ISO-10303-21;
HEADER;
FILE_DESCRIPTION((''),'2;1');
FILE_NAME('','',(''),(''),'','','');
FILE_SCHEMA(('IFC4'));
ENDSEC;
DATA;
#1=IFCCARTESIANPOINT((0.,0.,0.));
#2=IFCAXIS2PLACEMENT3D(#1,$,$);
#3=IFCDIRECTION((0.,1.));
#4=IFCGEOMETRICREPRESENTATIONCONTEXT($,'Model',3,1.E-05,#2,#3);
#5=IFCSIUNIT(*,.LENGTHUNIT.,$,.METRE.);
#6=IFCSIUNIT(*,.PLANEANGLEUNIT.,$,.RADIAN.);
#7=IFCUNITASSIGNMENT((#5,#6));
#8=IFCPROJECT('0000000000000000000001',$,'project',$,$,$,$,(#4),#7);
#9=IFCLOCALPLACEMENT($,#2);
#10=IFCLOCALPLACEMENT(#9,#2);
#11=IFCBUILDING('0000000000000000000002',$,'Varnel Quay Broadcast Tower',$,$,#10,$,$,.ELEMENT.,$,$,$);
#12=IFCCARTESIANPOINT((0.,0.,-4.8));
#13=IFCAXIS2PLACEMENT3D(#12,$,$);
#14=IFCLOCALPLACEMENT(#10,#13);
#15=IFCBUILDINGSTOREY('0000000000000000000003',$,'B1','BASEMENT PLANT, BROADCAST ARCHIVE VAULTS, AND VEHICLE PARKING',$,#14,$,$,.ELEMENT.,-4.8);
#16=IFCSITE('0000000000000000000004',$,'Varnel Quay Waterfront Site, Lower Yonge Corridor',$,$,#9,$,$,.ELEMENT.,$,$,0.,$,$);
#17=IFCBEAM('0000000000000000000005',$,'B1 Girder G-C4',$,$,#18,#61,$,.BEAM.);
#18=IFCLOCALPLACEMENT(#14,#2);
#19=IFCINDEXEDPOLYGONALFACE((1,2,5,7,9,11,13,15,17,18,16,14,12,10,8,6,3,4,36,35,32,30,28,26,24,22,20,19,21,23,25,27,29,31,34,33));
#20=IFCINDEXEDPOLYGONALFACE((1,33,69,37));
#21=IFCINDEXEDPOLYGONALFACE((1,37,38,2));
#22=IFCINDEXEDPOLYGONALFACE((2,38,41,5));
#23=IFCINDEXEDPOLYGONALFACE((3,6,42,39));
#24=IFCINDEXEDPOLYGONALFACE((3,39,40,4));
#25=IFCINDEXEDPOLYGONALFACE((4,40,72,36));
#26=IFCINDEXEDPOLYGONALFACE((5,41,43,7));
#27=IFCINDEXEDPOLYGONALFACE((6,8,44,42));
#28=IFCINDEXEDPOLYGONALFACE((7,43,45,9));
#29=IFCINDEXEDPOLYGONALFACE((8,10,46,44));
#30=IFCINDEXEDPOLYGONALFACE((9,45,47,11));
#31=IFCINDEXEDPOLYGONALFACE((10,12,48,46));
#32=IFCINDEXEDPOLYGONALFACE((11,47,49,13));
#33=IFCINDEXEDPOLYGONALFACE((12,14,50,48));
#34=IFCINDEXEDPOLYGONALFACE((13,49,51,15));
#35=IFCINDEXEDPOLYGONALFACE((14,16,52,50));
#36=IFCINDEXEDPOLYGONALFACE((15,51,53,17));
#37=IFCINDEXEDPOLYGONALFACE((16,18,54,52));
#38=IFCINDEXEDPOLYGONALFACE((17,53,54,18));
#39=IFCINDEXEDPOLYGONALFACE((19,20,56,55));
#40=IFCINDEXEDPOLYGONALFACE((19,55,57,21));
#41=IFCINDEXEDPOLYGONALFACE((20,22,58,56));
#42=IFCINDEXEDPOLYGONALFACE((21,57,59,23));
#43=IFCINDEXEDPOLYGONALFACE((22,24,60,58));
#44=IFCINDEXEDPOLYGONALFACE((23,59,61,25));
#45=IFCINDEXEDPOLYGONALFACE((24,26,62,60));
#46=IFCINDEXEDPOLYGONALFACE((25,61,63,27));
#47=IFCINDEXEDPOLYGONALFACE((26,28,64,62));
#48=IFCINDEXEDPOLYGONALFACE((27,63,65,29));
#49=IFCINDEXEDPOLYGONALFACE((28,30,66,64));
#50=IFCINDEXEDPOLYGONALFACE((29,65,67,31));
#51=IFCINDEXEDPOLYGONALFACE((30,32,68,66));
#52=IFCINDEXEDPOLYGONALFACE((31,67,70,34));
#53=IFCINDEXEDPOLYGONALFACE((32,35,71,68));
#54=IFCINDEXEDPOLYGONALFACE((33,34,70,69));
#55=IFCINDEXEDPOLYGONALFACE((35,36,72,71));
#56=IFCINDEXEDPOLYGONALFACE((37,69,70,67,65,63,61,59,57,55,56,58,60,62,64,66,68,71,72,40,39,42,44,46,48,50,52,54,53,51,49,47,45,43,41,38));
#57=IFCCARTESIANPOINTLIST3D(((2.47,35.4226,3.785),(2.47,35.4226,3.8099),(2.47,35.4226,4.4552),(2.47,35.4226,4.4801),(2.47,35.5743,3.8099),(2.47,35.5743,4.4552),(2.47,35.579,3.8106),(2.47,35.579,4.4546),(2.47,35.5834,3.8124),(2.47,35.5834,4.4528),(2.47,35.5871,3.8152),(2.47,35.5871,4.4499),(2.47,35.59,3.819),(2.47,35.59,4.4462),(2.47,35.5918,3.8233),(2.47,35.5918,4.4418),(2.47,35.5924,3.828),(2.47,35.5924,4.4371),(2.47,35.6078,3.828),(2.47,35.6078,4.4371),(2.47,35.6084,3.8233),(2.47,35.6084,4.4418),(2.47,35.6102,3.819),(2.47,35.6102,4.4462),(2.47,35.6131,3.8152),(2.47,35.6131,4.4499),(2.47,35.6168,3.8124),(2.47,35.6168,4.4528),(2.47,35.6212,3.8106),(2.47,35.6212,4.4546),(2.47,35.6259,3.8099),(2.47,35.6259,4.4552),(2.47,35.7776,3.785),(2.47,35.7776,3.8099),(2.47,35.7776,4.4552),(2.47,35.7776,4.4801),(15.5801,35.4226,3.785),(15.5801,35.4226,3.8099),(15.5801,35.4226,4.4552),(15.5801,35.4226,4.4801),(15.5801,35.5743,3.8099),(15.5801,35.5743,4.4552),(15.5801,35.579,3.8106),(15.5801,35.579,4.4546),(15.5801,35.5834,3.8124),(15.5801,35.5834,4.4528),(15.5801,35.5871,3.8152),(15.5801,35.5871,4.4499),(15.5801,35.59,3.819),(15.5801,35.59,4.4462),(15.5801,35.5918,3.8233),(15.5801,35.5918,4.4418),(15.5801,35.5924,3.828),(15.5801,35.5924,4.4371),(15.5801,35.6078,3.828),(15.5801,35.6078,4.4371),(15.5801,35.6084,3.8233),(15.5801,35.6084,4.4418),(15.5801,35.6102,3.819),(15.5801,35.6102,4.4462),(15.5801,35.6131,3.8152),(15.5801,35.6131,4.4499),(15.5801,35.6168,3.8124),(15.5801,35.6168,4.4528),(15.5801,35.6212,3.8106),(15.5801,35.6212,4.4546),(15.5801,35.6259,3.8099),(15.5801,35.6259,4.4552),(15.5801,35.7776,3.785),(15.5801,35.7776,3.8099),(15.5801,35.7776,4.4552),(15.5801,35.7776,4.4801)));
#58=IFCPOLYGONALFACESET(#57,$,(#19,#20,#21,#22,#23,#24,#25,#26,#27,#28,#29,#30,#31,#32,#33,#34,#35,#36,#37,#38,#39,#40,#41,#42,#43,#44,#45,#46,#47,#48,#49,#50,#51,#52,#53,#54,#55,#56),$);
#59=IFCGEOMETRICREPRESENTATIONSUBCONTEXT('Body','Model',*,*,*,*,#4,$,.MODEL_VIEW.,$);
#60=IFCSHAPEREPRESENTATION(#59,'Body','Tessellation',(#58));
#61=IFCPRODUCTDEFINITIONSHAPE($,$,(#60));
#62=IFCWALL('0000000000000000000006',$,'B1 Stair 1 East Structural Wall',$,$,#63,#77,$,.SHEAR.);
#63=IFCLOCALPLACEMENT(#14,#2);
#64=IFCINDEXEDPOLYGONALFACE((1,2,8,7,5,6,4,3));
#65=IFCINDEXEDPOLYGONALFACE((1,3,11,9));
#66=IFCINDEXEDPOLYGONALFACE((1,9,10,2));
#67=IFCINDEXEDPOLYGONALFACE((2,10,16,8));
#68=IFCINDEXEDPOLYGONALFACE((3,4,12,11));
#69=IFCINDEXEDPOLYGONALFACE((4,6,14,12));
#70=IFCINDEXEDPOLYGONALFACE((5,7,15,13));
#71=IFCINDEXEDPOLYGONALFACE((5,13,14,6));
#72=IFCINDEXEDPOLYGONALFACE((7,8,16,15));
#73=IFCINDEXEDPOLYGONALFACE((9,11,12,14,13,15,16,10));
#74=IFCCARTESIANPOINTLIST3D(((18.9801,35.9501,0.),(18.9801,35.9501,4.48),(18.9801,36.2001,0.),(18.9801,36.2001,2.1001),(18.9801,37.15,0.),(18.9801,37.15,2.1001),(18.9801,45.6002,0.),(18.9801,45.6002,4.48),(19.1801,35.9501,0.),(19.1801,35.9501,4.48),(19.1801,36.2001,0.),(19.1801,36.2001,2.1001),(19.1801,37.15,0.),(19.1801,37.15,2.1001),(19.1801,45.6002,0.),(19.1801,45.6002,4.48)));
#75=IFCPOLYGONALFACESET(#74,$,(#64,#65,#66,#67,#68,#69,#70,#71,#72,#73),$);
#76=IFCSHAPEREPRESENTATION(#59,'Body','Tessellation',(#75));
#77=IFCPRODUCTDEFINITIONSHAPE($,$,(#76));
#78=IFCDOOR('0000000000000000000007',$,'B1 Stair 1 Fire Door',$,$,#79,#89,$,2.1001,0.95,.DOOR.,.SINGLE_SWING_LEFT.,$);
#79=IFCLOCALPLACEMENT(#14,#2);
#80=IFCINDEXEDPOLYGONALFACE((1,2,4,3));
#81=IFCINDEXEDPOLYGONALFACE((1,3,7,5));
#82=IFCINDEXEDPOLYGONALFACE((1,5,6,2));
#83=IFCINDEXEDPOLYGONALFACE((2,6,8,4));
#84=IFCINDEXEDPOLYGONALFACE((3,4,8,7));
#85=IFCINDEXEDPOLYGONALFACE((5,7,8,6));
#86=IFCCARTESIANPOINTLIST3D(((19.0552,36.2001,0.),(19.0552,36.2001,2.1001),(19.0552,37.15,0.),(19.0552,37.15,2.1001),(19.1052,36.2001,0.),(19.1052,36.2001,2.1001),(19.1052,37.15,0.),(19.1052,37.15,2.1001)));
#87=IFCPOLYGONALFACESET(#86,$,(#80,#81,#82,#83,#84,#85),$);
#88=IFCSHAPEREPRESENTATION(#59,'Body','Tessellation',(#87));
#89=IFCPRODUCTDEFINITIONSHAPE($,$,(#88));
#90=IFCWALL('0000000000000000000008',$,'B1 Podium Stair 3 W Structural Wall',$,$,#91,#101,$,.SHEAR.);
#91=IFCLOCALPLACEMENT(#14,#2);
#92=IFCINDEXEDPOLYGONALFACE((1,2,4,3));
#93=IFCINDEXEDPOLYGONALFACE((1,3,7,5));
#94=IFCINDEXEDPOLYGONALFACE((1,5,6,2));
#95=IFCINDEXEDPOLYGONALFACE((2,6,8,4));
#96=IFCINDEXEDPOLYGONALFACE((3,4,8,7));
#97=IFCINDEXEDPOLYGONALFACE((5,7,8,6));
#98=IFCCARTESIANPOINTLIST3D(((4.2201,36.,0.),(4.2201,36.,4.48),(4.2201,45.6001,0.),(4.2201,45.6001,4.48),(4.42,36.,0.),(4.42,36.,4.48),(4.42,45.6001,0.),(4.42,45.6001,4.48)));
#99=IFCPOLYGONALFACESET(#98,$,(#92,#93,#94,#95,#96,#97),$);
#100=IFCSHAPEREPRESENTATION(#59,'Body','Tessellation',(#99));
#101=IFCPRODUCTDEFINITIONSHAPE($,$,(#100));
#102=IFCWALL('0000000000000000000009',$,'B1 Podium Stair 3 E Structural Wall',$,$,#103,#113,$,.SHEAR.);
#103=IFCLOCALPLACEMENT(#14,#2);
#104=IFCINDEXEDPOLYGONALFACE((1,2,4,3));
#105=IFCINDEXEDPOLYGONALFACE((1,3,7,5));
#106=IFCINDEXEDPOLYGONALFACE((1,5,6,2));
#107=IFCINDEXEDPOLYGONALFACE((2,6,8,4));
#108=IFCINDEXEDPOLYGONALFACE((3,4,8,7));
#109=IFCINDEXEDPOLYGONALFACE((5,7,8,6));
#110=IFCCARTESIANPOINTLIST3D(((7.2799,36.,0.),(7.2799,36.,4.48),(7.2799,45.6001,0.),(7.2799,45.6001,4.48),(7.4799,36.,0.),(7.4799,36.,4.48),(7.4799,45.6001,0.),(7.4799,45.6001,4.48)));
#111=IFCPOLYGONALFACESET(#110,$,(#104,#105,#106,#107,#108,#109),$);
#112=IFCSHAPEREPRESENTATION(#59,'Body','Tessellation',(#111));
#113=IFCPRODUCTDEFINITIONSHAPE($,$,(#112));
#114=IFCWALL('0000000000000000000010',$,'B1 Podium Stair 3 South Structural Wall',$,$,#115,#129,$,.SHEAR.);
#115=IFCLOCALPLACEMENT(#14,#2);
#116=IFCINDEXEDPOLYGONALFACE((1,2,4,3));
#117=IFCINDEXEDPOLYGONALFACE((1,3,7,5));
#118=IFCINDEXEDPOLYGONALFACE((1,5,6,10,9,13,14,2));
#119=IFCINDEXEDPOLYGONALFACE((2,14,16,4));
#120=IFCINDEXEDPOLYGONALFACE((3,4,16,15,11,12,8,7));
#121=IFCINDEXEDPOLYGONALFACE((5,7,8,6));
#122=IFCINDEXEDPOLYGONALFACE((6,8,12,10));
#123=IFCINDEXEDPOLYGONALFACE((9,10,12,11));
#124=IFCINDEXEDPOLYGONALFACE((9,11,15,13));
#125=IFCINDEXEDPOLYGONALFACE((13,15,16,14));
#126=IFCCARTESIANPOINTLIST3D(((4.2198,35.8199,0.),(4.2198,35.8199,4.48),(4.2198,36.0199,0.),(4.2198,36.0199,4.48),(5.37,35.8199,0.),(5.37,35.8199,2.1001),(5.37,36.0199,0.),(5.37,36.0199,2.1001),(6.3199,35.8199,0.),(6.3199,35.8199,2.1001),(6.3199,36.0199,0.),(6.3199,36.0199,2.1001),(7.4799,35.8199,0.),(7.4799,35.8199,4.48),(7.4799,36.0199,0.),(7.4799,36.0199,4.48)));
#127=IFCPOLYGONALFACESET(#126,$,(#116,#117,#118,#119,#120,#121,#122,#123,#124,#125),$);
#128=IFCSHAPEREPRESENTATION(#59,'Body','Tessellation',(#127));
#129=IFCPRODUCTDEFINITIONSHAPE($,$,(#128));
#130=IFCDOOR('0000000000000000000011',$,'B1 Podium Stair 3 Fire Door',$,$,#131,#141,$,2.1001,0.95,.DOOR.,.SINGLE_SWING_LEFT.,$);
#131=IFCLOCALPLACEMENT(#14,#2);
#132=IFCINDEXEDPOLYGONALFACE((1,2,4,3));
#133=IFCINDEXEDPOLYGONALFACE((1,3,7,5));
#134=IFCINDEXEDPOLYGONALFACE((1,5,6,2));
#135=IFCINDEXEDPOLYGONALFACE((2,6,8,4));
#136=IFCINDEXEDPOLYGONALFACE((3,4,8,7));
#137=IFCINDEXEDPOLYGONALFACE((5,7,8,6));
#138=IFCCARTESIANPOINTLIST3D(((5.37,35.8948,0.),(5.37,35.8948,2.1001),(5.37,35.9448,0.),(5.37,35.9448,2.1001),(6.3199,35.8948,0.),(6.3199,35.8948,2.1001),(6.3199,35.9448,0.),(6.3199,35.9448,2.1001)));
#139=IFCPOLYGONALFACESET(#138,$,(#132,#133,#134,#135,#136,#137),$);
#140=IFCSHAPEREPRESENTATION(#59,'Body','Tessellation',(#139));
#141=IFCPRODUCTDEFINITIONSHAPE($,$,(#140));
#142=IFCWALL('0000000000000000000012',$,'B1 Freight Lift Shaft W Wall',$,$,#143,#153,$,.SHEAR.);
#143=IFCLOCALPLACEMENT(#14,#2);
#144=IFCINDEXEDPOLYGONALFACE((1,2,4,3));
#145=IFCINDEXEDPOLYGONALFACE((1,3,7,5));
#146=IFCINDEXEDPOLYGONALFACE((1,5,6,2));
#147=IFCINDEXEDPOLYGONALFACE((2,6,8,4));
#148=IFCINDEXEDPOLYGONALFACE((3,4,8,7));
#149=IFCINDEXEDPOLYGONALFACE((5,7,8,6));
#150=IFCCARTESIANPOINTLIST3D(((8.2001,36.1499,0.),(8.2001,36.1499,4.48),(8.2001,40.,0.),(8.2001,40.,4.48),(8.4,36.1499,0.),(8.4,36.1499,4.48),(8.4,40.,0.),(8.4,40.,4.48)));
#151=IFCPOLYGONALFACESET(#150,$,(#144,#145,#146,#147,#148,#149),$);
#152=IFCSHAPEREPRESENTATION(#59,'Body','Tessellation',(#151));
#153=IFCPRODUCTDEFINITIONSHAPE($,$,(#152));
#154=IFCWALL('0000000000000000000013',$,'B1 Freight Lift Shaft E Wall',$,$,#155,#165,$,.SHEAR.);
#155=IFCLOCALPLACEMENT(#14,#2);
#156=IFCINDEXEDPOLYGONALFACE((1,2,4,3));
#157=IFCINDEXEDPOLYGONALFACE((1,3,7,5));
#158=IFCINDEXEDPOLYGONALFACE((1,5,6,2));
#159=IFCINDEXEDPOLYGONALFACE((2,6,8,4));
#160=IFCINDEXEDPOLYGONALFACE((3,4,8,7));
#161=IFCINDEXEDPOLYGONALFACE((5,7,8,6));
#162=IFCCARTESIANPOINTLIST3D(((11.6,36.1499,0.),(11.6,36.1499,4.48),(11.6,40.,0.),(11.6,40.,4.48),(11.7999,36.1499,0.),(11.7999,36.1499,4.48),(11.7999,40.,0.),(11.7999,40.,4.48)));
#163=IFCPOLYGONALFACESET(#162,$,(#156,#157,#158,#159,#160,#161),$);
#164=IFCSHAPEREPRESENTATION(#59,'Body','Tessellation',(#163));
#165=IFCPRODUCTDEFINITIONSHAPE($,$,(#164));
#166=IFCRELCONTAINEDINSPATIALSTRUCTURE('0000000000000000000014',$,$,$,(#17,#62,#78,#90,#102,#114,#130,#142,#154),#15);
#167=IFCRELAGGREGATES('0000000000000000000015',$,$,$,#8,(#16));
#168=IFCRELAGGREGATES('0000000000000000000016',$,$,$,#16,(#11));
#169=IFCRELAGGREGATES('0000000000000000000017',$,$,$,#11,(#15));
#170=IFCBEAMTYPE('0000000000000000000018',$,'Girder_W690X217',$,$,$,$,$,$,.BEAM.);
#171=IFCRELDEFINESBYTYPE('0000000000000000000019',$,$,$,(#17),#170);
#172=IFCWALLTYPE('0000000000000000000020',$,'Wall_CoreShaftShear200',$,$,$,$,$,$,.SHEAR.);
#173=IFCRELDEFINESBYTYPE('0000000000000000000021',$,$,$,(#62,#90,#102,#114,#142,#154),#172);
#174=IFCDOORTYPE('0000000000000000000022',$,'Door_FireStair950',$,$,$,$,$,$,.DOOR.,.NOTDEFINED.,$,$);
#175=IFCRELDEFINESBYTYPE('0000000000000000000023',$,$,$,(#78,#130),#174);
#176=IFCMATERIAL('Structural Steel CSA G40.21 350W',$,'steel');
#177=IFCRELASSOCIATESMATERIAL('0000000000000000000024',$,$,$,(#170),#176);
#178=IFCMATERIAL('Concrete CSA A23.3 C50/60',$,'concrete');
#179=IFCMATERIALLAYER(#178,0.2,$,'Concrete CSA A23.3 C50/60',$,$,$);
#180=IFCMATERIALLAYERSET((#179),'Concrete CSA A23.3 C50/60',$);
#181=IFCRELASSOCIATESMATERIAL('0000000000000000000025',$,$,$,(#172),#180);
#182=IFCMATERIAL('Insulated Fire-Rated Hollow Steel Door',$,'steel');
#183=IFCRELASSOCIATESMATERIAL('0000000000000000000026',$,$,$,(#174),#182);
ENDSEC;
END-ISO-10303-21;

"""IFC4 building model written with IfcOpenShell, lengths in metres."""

from ifc_helpers import new_model, si_unit, direction, frame, frame_2d, origin, origin_2d, place, context, subcontext, project, spatial, rectangle, i_section, extrude, source, transform, mapped, material, layer, layer_set, material_profile, profile_set, type_object, type_shapes, element, fill, save


model = new_model("IFC4")

# Units and contexts
model_context = context("Model", 3, precision=1e-05, world=origin(), true_north=direction((0.0, 1.0)))
body_context = subcontext(model_context, "Body", "Model", "MODEL_VIEW")
ifc_project = project(units=[si_unit("LENGTHUNIT", "METRE"), si_unit("PLANEANGLEUNIT", "RADIAN")], contexts=[model_context])

# Site, building, storey
site_placement = place(None, origin())
site = spatial("IfcSite", under=ifc_project, at=site_placement, Name="Varnel Quay Waterfront Site, Lower Yonge Corridor", CompositionType="ELEMENT", RefElevation=0.0)
building_placement = place(site_placement, origin())
building = spatial("IfcBuilding", under=site, at=building_placement, Name="Varnel Quay Broadcast Tower", CompositionType="ELEMENT")
storey_placement = place(building_placement, frame((0.0, 0.0, -4.8)))
storey = spatial("IfcBuildingStorey", under=building, at=storey_placement, Name="B1", Description="BASEMENT PLANT, BROADCAST ARCHIVE VAULTS, AND VEHICLE PARKING", CompositionType="ELEMENT", Elevation=-4.8)

# Shared definitions
ifc_material_1 = material(Name="Concrete CSA A23.3 C50/60", Category="concrete")

# Beam
ifc_material_2 = material(Name="Structural Steel CSA G40.21 350W", Category="steel")
ifc_material_profile_1 = material_profile(ifc_material_2, i_section(OverallWidth=0.355, OverallDepth=0.6951, WebThickness=0.0154, FlangeThickness=0.0249, FilletRadius=0.0181, at=origin_2d()), Name="W690X217")
ifc_profile_set_1 = profile_set([ifc_material_profile_1], Name="Structural Steel CSA G40.21 350W")
beam_type = type_object("IfcBeamType", Name="Girder_W690X217", PredefinedType="BEAM", material=ifc_profile_set_1)
shared_shape_1 = source(origin(), body_context, "Body", "SweptSolid", [
    extrude(i_section(OverallWidth=0.355, OverallDepth=0.6951, WebThickness=0.0154, FlangeThickness=0.0249, FilletRadius=0.0181, at=origin_2d()), origin(), (0.0, 0.0, 1.0), 13.1101),
])
beam_1_placement = place(storey_placement, frame((2.47, 35.6001, 4.1326), z_axis=(1.0, 0.0, 0.0), x_axis=(0.0, 1.0, 0.0)))
element("IfcBeam", 1, at=beam_1_placement, inside=storey, type_object=beam_type, Name="B1 Girder G-C4", PredefinedType="BEAM", context=body_context, shape_type="MappedRepresentation", body=[
    mapped(shared_shape_1, transform((0.0, 0.0, 0.0), x_axis=(1.0, 0.0, 0.0), y_axis=(0.0, 1.0, 0.0), z_axis=(0.0, 0.0, 1.0), scale=1.0)),
])

# Wall, opening, door
ifc_layer_1 = layer(ifc_material_1, 0.2, Name="Concrete CSA A23.3 C50/60")
ifc_layer_set_1 = layer_set([ifc_layer_1], Name="Concrete CSA A23.3 C50/60")
wall_type_1 = type_object("IfcWallType", Name="Wall_CoreShaftShear200", PredefinedType="SHEAR", material=ifc_layer_set_1)
wall_1_placement = place(storey_placement, frame((19.0801, 35.95, 0.0), z_axis=(0.0, 0.0, 1.0), x_axis=(0.0, 1.0, 0.0)))
wall_1 = element("IfcWall", 2, at=wall_1_placement, inside=storey, type_object=wall_type_1, Name="B1 Stair 1 East Structural Wall", PredefinedType="SHEAR", context=body_context, shape_type="SweptSolid", body=[
    extrude(rectangle(XDim=9.6501, YDim=0.2, at=frame_2d((4.8252, 0.0))), origin(), (0.0, 0.0, 1.0), 4.48),
])
opening_1_placement = place(wall_1_placement, frame((0.25, 0.0, 0.0)))
opening_1 = element("IfcOpeningElement", 3, at=opening_1_placement, cuts=wall_1, PredefinedType="OPENING", context=body_context, shape_type="SweptSolid", body=[
    extrude(rectangle(XDim=0.95, YDim=2.1001, at=frame_2d((0.4751, 1.05))), frame((0.0, 0.1099, 0.0), z_axis=(0.0, -1.0, 0.0), x_axis=(1.0, 0.0, 0.0)), (0.0, 0.0, 1.0), 0.22),
])
ifc_material_3 = material(Name="Insulated Fire-Rated Hollow Steel Door", Category="steel")
door_type_1 = type_object("IfcDoorType", Name="Door_FireStair950", OperationType="NOTDEFINED", PredefinedType="DOOR", material=ifc_material_3)
shared_shape_2 = source(origin(), body_context, "Body", "SweptSolid", [
    extrude(rectangle(XDim=0.95, YDim=2.1001, at=frame_2d((0.4751, 1.05))), frame((0.0, 0.0249, 0.0), z_axis=(0.0, -1.0, 0.0), x_axis=(1.0, 0.0, 0.0)), (0.0, 0.0, 1.0), 0.05),
])
type_shapes(door_type_1, [shared_shape_2])
door_1_placement = place(opening_1_placement, origin())
door_1 = element("IfcDoor", 4, at=door_1_placement, inside=storey, type_object=door_type_1, Name="B1 Stair 1 Fire Door", OperationType="SINGLE_SWING_LEFT", OverallHeight=2.1001, OverallWidth=0.95, PredefinedType="DOOR", context=body_context, shape_type="MappedRepresentation", body=[
    mapped(shared_shape_2, transform((0.0, 0.0, 0.0), x_axis=(1.0, 0.0, 0.0), y_axis=(0.0, 1.0, 0.0), z_axis=(0.0, 0.0, 1.0), scale=1.0)),
])
fill(opening_1, door_1)

# Walls
for number, where, z_axis, x_axis, name in (
    (5, (4.3201, 36.0, 0.0), (0.0, 0.0, 1.0), (0.0, 1.0, 0.0), "B1 Podium Stair 3 W Structural Wall"),
    (6, (7.3799, 36.0, 0.0), (0.0, 0.0, 1.0), (0.0, 1.0, 0.0), "B1 Podium Stair 3 E Structural Wall"),
):
    element("IfcWall", number, at=place(storey_placement, frame(where, z_axis=z_axis, x_axis=x_axis)), inside=storey, type_object=wall_type_1, Name=name, PredefinedType="SHEAR", context=body_context, shape_type="SweptSolid", body=[
        extrude(rectangle(XDim=9.6001, YDim=0.2, at=frame_2d((4.8, 0.0))), origin(), (0.0, 0.0, 1.0), 4.48),
    ])

# Wall, opening, door
wall_2_placement = place(storey_placement, frame((4.22, 35.9199, 0.0), z_axis=(0.0, 0.0, 1.0), x_axis=(1.0, 0.0, 0.0)))
wall_2 = element("IfcWall", 7, at=wall_2_placement, inside=storey, type_object=wall_type_1, Name="B1 Podium Stair 3 South Structural Wall", PredefinedType="SHEAR", context=body_context, shape_type="SweptSolid", body=[
    extrude(rectangle(XDim=3.26, YDim=0.2, at=frame_2d((1.6299, 0.0))), origin(), (0.0, 0.0, 1.0), 4.48),
])
opening_2_placement = place(wall_2_placement, frame((1.1499, 0.0, 0.0)))
opening_2 = element("IfcOpeningElement", 8, at=opening_2_placement, cuts=wall_2, PredefinedType="OPENING", context=body_context, shape_type="SweptSolid", body=[
    extrude(rectangle(XDim=0.95, YDim=2.1001, at=frame_2d((0.4751, 1.05))), frame((0.0, 0.1099, 0.0), z_axis=(0.0, -1.0, 0.0), x_axis=(1.0, 0.0, 0.0)), (0.0, 0.0, 1.0), 0.22),
])
door_2_placement = place(opening_2_placement, origin())
door_2 = element("IfcDoor", 9, at=door_2_placement, inside=storey, type_object=door_type_1, Name="B1 Podium Stair 3 Fire Door", OperationType="SINGLE_SWING_LEFT", OverallHeight=2.1001, OverallWidth=0.95, PredefinedType="DOOR", context=body_context, shape_type="MappedRepresentation", body=[
    mapped(shared_shape_2, transform((0.0, 0.0, 0.0), x_axis=(1.0, 0.0, 0.0), y_axis=(0.0, 1.0, 0.0), z_axis=(0.0, 0.0, 1.0), scale=1.0)),
])
fill(opening_2, door_2)

# Walls
for number, where, z_axis, x_axis, name in (
    (10, (8.3, 36.1499, 0.0), (0.0, 0.0, 1.0), (0.0, 1.0, 0.0), "B1 Freight Lift Shaft W Wall"),
    (11, (11.7, 36.1499, 0.0), (0.0, 0.0, 1.0), (0.0, 1.0, 0.0), "B1 Freight Lift Shaft E Wall"),
):
    element("IfcWall", number, at=place(storey_placement, frame(where, z_axis=z_axis, x_axis=x_axis)), inside=storey, type_object=wall_type_1, Name=name, PredefinedType="SHEAR", context=body_context, shape_type="SweptSolid", body=[
        extrude(rectangle(XDim=3.8501, YDim=0.2, at=frame_2d((1.925, 0.0))), origin(), (0.0, 0.0, 1.0), 4.48),
    ])

save(model, "model.ifc")
